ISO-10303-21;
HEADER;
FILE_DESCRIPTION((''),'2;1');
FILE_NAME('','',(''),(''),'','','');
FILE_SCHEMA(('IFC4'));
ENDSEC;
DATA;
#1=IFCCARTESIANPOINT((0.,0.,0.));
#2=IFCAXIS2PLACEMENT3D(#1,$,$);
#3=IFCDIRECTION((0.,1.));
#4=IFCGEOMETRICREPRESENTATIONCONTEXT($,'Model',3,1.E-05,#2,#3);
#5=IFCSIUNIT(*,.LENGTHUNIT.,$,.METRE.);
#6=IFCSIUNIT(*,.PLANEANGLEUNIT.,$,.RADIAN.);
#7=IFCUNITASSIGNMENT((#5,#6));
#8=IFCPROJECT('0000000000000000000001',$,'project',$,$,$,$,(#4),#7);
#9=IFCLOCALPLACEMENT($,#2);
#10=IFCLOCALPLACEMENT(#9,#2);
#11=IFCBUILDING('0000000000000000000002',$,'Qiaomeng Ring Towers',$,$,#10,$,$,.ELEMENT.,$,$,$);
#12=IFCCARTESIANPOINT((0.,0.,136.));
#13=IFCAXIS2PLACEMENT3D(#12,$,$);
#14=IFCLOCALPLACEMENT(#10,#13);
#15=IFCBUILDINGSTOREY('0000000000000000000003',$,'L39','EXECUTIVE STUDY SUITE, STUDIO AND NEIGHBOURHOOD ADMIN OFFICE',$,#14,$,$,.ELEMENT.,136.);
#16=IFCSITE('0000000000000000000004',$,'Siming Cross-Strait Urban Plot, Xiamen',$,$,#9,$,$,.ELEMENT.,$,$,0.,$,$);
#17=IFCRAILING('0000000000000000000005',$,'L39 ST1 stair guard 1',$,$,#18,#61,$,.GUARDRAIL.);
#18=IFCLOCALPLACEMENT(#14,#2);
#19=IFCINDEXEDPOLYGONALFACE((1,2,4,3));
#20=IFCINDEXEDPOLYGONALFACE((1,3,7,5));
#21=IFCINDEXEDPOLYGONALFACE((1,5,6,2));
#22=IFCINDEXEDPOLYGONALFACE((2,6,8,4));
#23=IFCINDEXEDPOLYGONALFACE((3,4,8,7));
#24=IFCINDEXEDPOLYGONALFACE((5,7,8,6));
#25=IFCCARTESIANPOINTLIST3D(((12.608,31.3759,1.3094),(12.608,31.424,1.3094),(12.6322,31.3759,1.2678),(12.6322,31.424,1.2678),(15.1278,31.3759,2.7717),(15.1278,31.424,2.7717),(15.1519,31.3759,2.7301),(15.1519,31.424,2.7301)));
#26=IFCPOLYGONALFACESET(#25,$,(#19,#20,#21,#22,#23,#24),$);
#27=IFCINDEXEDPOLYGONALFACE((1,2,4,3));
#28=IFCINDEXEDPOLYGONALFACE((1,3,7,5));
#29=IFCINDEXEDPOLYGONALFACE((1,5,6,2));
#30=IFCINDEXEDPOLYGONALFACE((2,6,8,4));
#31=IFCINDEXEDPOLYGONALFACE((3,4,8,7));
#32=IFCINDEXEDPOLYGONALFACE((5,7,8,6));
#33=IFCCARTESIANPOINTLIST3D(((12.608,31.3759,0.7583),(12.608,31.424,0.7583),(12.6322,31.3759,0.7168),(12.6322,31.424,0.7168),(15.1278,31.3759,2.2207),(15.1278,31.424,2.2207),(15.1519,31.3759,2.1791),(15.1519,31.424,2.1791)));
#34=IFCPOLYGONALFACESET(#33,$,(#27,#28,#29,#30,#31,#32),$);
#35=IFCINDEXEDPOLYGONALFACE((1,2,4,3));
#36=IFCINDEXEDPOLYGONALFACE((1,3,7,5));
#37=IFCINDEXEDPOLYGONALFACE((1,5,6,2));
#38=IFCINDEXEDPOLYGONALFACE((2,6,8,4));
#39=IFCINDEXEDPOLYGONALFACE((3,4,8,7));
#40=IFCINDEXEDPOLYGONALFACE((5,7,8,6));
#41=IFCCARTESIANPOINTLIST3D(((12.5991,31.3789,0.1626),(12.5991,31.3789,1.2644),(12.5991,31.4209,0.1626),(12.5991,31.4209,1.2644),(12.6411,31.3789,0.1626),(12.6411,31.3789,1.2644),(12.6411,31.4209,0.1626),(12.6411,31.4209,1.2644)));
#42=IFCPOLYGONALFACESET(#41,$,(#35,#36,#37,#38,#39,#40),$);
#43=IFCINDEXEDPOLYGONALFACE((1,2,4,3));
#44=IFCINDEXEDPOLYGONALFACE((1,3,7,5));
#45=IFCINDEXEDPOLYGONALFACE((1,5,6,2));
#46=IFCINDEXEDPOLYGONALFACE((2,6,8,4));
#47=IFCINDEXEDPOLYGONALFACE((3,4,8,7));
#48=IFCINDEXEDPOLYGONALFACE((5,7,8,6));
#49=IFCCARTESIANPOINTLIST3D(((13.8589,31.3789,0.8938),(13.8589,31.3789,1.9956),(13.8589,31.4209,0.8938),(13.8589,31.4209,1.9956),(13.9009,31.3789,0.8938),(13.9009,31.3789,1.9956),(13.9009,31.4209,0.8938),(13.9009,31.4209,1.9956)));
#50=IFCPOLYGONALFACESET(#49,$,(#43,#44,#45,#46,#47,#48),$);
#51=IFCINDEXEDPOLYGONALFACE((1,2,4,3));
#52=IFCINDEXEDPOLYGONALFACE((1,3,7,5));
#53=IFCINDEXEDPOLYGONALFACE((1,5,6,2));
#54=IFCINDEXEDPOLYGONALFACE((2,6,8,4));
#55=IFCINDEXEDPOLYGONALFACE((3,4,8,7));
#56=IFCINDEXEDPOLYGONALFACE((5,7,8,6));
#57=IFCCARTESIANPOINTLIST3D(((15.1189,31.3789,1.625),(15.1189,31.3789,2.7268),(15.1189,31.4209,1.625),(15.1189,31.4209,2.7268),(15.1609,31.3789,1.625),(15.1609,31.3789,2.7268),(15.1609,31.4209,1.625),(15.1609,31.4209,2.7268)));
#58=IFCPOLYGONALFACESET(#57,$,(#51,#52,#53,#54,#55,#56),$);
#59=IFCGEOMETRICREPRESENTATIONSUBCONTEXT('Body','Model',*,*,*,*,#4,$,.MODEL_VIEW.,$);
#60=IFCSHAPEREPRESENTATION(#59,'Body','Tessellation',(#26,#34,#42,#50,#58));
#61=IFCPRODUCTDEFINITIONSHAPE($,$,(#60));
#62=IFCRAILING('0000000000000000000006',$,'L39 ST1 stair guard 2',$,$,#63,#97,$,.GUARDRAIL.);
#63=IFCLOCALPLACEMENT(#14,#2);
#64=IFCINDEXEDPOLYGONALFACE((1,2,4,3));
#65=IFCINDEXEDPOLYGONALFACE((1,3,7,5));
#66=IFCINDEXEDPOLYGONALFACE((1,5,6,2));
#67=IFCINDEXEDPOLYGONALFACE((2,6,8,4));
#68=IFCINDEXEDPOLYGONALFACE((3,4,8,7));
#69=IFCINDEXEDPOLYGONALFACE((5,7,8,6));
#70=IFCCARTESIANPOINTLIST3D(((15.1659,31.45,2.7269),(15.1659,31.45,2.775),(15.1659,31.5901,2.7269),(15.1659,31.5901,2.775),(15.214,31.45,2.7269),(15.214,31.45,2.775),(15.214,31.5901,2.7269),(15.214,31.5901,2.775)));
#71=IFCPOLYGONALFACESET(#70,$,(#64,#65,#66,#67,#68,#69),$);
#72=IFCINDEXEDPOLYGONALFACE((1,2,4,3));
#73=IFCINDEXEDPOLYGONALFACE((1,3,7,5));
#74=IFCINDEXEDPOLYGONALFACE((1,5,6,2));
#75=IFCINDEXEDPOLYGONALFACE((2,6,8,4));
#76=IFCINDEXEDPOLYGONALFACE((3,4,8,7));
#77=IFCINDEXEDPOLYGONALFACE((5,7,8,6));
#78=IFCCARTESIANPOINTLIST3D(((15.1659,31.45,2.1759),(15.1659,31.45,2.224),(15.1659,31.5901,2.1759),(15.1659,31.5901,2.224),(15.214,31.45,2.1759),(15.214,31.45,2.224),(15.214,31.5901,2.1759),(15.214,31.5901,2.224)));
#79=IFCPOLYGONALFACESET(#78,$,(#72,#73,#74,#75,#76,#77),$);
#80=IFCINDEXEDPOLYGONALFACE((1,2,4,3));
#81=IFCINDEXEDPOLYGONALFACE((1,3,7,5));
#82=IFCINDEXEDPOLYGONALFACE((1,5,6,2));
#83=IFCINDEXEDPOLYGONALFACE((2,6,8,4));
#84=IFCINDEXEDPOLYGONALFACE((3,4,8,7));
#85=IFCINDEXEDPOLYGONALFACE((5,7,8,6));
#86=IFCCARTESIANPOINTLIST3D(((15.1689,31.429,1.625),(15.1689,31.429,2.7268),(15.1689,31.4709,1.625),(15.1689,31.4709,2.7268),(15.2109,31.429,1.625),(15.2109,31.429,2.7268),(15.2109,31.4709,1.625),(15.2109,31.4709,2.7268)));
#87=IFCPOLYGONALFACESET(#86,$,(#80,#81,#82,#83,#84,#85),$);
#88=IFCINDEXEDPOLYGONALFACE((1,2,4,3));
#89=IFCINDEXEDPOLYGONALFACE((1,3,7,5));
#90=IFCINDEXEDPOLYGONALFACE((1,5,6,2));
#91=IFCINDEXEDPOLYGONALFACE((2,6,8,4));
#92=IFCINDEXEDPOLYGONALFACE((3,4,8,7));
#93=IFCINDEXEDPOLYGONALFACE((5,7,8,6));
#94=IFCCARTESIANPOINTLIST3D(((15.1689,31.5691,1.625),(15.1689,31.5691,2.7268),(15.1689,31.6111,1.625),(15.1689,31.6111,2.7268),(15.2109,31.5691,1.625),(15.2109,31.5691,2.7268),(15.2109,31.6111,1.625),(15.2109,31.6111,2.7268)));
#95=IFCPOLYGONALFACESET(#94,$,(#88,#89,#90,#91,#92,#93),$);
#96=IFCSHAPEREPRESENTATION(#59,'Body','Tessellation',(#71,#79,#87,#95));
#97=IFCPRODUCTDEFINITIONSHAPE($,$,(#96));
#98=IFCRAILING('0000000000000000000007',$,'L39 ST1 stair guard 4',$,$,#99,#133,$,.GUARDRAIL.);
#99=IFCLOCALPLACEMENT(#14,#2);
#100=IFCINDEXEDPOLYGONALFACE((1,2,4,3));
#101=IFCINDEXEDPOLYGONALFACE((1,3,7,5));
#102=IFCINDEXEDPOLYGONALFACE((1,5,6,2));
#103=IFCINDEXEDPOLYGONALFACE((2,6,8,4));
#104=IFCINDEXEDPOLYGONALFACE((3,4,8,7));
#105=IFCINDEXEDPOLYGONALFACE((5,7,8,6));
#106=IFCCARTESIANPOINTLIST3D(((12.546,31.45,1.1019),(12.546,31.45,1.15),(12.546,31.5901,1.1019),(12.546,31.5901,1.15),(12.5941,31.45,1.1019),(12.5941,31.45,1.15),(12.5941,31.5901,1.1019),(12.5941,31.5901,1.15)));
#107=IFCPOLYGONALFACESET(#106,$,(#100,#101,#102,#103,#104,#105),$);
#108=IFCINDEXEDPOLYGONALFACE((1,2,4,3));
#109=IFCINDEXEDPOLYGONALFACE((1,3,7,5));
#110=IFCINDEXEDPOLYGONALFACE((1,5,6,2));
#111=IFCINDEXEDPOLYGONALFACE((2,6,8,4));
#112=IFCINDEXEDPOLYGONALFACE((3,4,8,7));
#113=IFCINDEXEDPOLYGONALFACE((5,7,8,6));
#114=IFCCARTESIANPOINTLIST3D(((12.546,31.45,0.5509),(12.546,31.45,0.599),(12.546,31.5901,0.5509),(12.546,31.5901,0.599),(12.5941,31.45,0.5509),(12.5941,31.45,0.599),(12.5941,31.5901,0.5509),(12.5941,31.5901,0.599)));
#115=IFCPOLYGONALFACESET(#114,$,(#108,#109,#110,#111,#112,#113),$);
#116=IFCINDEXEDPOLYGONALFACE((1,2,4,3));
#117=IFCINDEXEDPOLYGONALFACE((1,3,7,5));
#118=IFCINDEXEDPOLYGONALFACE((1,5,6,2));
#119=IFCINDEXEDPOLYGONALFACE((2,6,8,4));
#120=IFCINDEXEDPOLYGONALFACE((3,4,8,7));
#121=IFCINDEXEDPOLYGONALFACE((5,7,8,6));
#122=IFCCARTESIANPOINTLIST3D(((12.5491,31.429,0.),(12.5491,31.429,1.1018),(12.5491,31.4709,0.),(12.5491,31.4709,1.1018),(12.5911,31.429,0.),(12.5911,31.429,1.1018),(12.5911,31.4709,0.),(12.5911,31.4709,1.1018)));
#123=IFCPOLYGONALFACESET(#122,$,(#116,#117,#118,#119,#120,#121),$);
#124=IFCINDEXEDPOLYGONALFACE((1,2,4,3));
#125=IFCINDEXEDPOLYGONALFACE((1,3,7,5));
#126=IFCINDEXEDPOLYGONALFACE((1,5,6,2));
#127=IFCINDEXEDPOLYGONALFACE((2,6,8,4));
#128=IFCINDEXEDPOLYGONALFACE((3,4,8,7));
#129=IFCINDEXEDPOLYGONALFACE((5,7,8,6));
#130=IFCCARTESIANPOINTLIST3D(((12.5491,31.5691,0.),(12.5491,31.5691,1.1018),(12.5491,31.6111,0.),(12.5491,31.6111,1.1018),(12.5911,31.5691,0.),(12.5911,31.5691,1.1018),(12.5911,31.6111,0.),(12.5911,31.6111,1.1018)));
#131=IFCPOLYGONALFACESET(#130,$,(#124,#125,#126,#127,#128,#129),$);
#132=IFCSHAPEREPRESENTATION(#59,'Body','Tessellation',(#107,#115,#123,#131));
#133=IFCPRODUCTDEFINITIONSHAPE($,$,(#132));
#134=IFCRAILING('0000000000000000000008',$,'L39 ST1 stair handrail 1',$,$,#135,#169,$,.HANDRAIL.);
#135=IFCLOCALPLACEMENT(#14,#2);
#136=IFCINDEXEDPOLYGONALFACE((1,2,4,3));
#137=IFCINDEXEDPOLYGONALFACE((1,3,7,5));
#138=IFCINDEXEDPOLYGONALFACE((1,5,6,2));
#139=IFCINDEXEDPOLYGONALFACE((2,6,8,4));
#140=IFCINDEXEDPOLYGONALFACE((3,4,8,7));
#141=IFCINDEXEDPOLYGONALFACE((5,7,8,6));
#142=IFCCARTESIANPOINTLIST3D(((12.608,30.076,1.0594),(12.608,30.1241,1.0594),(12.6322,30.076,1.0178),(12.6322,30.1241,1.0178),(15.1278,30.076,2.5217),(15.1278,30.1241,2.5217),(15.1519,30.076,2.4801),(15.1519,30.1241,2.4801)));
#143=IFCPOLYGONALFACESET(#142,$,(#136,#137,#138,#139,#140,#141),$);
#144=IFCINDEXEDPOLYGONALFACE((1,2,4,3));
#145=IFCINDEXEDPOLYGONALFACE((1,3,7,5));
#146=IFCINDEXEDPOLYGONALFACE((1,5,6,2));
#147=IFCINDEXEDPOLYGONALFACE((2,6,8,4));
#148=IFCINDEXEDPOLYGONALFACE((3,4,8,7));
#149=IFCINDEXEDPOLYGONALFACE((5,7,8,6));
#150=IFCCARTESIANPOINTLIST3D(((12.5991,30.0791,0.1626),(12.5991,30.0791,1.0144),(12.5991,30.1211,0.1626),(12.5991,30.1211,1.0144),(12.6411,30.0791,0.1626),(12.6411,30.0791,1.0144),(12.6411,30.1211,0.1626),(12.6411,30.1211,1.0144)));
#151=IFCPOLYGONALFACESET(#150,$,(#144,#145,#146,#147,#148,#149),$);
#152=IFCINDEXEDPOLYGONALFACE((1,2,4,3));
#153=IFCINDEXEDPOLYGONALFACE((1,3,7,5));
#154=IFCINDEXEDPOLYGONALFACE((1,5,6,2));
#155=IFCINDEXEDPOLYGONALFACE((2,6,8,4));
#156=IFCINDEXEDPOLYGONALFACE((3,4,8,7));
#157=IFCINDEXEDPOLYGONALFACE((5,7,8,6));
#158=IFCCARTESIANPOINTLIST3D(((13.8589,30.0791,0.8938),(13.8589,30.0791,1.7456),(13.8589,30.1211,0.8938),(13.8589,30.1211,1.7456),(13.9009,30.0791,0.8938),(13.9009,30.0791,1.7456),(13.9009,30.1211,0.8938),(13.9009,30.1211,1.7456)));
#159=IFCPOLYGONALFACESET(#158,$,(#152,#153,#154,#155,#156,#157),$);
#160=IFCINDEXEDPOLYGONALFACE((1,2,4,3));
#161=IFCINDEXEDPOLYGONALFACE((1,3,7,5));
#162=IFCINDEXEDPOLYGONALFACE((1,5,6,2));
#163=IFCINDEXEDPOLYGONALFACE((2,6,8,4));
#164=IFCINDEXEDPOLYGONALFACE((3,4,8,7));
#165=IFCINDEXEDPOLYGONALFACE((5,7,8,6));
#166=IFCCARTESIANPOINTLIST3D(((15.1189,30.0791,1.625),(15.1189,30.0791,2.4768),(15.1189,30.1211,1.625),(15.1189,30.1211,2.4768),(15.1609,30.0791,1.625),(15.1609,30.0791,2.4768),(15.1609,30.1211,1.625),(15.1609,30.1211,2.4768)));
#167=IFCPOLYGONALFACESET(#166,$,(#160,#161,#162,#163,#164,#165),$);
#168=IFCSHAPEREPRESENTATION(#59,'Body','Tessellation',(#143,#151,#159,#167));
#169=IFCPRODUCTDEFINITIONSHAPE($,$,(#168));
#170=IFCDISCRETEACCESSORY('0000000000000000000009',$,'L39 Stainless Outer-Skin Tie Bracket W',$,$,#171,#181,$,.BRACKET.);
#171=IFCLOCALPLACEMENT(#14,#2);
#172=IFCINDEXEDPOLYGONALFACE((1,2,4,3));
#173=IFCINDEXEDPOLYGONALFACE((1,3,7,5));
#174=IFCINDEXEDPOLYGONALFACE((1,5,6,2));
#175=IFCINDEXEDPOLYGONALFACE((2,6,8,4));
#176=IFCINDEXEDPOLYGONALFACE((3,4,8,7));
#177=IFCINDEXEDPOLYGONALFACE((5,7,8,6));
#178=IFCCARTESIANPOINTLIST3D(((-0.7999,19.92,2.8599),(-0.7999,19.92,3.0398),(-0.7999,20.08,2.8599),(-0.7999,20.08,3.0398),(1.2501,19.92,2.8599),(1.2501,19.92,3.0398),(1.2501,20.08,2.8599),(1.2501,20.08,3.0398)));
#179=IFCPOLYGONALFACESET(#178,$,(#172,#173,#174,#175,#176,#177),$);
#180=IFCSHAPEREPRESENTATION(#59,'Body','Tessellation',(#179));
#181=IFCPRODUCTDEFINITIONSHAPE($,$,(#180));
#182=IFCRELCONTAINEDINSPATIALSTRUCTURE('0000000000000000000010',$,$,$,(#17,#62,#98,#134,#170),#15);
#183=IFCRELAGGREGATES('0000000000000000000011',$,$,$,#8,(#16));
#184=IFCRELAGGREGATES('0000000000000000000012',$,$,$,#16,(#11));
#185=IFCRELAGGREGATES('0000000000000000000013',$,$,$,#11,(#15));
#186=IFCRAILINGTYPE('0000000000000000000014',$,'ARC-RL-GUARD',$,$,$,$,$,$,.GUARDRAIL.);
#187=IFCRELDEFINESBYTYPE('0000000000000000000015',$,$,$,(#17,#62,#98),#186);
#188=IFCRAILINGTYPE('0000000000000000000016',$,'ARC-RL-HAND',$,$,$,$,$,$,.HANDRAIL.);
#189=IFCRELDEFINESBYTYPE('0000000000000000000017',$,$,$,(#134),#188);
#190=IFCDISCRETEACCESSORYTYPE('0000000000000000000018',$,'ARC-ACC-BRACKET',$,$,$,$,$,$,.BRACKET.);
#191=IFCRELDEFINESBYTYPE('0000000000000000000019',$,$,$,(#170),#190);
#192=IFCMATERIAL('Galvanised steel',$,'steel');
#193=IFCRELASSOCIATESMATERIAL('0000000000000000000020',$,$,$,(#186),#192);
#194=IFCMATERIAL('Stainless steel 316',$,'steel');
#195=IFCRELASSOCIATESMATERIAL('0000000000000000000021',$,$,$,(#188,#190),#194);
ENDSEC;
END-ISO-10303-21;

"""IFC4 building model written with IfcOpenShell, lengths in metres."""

from ifc_helpers import new_model, si_unit, direction, frame, origin, origin_2d, place, context, subcontext, project, spatial, rectangle, extrude, source, transform, mapped, material, type_object, element, save


model = new_model("IFC4")

# Units and contexts
model_context = context("Model", 3, precision=1e-05, world=origin(), true_north=direction((0.0, 1.0)))
body_context = subcontext(model_context, "Body", "Model", "MODEL_VIEW")
ifc_project = project(units=[si_unit("LENGTHUNIT", "METRE"), si_unit("PLANEANGLEUNIT", "RADIAN")], contexts=[model_context])

# Site, building, storey
site_placement = place(None, origin())
site = spatial("IfcSite", under=ifc_project, at=site_placement, Name="Siming Cross-Strait Urban Plot, Xiamen", CompositionType="ELEMENT", RefElevation=0.0)
building_placement = place(site_placement, origin())
building = spatial("IfcBuilding", under=site, at=building_placement, Name="Qiaomeng Ring Towers", CompositionType="ELEMENT")
storey_placement = place(building_placement, frame((0.0, 0.0, 136.0)))
storey = spatial("IfcBuildingStorey", under=building, at=storey_placement, Name="L39", Description="EXECUTIVE STUDY SUITE, STUDIO AND NEIGHBOURHOOD ADMIN OFFICE", CompositionType="ELEMENT", Elevation=136.0)

# Shared definitions
ifc_material_1 = material(Name="Stainless steel 316", Category="steel")

# Railings
ifc_material_2 = material(Name="Galvanised steel", Category="steel")
railing_type_1 = type_object("IfcRailingType", Name="ARC-RL-GUARD", PredefinedType="GUARDRAIL", material=ifc_material_2)
railing_1_placement = place(storey_placement, frame((12.6201, 31.3999, 0.1626)))
element("IfcRailing", 1, at=railing_1_placement, inside=storey, type_object=railing_type_1, Name="L39 ST1 stair guard 1", PredefinedType="GUARDRAIL", context=body_context, shape_type="SweptSolid", body=[
    extrude(rectangle(XDim=0.0481, YDim=0.0481, at=origin_2d()), frame((0.0, 0.0, 1.126), z_axis=(0.864892, 0.0, 0.501958), x_axis=(0.0, 1.0, 0.0)), (0.0, 0.0, 1.0), 2.9133),
    extrude(rectangle(XDim=0.0481, YDim=0.0481, at=origin_2d()), frame((0.0, 0.0, 0.575), z_axis=(0.864892, 0.0, 0.501958), x_axis=(0.0, 1.0, 0.0)), (0.0, 0.0, 1.0), 2.9133),
    extrude(rectangle(XDim=0.042, YDim=0.042, at=origin_2d()), origin(), (0.0, 0.0, 1.0), 1.1018),
    extrude(rectangle(XDim=0.042, YDim=0.042, at=origin_2d()), frame((1.2598, 0.0, 0.7312)), (0.0, 0.0, 1.0), 1.1018),
    extrude(rectangle(XDim=0.042, YDim=0.042, at=origin_2d()), frame((2.5198, 0.0, 1.4624)), (0.0, 0.0, 1.0), 1.1018),
])
for number, where, name in (
    (2, (15.1899, 31.45, 1.625), "L39 ST1 stair guard 2"),
    (3, (12.5701, 31.45, 0.0), "L39 ST1 stair guard 4"),
):
    element("IfcRailing", number, at=place(storey_placement, frame(where)), inside=storey, type_object=railing_type_1, Name=name, PredefinedType="GUARDRAIL", context=body_context, shape_type="SweptSolid", body=[
        extrude(rectangle(XDim=0.0481, YDim=0.0481, at=origin_2d()), frame((0.0, 0.0, 1.126), z_axis=(0.0, 1.0, 0.0), x_axis=(-1.0, 0.0, 0.0)), (0.0, 0.0, 1.0), 0.1401),
        extrude(rectangle(XDim=0.0481, YDim=0.0481, at=origin_2d()), frame((0.0, 0.0, 0.575), z_axis=(0.0, 1.0, 0.0), x_axis=(-1.0, 0.0, 0.0)), (0.0, 0.0, 1.0), 0.1401),
        extrude(rectangle(XDim=0.042, YDim=0.042, at=origin_2d()), origin(), (0.0, 0.0, 1.0), 1.1018),
        extrude(rectangle(XDim=0.042, YDim=0.042, at=origin_2d()), frame((0.0, 0.1401, 0.0)), (0.0, 0.0, 1.0), 1.1018),
    ])
railing_type_2 = type_object("IfcRailingType", Name="ARC-RL-HAND", PredefinedType="HANDRAIL", material=ifc_material_1)
railing_2_placement = place(storey_placement, frame((12.6201, 30.1001, 0.1626)))
element("IfcRailing", 4, at=railing_2_placement, inside=storey, type_object=railing_type_2, Name="L39 ST1 stair handrail 1", PredefinedType="HANDRAIL", context=body_context, shape_type="SweptSolid", body=[
    extrude(rectangle(XDim=0.0481, YDim=0.0481, at=origin_2d()), frame((0.0, 0.0, 0.876), z_axis=(0.864892, 0.0, 0.501958), x_axis=(0.0, 1.0, 0.0)), (0.0, 0.0, 1.0), 2.9133),
    extrude(rectangle(XDim=0.042, YDim=0.042, at=origin_2d()), origin(), (0.0, 0.0, 1.0), 0.8518),
    extrude(rectangle(XDim=0.042, YDim=0.042, at=origin_2d()), frame((1.2598, 0.0, 0.7312)), (0.0, 0.0, 1.0), 0.8518),
    extrude(rectangle(XDim=0.042, YDim=0.042, at=origin_2d()), frame((2.5198, 0.0, 1.4624)), (0.0, 0.0, 1.0), 0.8518),
])

# Discrete accessory
discrete_accessory_type = type_object("IfcDiscreteAccessoryType", Name="ARC-ACC-BRACKET", PredefinedType="BRACKET", material=ifc_material_1)
shared_shape_1 = source(origin(), body_context, "Body", "SweptSolid", [
    extrude(rectangle(XDim=2.05, YDim=0.1599, at=origin_2d()), origin(), (0.0, 0.0, 1.0), 0.1799),
])
discrete_accessory_placement = place(storey_placement, frame((0.2251, 20.0, 2.8599), z_axis=(0.0, 0.0, 1.0), x_axis=(1.0, 0.0, 0.0)))
element("IfcDiscreteAccessory", 5, at=discrete_accessory_placement, inside=storey, type_object=discrete_accessory_type, Name="L39 Stainless Outer-Skin Tie Bracket W", PredefinedType="BRACKET", context=body_context, shape_type="MappedRepresentation", body=[
    mapped(shared_shape_1, transform((0.0, 0.0, 0.0), x_axis=(1.0, 0.0, 0.0), y_axis=(0.0, 1.0, 0.0), z_axis=(0.0, 0.0, 1.0), scale=1.0)),
])

save(model, "model.ifc")
